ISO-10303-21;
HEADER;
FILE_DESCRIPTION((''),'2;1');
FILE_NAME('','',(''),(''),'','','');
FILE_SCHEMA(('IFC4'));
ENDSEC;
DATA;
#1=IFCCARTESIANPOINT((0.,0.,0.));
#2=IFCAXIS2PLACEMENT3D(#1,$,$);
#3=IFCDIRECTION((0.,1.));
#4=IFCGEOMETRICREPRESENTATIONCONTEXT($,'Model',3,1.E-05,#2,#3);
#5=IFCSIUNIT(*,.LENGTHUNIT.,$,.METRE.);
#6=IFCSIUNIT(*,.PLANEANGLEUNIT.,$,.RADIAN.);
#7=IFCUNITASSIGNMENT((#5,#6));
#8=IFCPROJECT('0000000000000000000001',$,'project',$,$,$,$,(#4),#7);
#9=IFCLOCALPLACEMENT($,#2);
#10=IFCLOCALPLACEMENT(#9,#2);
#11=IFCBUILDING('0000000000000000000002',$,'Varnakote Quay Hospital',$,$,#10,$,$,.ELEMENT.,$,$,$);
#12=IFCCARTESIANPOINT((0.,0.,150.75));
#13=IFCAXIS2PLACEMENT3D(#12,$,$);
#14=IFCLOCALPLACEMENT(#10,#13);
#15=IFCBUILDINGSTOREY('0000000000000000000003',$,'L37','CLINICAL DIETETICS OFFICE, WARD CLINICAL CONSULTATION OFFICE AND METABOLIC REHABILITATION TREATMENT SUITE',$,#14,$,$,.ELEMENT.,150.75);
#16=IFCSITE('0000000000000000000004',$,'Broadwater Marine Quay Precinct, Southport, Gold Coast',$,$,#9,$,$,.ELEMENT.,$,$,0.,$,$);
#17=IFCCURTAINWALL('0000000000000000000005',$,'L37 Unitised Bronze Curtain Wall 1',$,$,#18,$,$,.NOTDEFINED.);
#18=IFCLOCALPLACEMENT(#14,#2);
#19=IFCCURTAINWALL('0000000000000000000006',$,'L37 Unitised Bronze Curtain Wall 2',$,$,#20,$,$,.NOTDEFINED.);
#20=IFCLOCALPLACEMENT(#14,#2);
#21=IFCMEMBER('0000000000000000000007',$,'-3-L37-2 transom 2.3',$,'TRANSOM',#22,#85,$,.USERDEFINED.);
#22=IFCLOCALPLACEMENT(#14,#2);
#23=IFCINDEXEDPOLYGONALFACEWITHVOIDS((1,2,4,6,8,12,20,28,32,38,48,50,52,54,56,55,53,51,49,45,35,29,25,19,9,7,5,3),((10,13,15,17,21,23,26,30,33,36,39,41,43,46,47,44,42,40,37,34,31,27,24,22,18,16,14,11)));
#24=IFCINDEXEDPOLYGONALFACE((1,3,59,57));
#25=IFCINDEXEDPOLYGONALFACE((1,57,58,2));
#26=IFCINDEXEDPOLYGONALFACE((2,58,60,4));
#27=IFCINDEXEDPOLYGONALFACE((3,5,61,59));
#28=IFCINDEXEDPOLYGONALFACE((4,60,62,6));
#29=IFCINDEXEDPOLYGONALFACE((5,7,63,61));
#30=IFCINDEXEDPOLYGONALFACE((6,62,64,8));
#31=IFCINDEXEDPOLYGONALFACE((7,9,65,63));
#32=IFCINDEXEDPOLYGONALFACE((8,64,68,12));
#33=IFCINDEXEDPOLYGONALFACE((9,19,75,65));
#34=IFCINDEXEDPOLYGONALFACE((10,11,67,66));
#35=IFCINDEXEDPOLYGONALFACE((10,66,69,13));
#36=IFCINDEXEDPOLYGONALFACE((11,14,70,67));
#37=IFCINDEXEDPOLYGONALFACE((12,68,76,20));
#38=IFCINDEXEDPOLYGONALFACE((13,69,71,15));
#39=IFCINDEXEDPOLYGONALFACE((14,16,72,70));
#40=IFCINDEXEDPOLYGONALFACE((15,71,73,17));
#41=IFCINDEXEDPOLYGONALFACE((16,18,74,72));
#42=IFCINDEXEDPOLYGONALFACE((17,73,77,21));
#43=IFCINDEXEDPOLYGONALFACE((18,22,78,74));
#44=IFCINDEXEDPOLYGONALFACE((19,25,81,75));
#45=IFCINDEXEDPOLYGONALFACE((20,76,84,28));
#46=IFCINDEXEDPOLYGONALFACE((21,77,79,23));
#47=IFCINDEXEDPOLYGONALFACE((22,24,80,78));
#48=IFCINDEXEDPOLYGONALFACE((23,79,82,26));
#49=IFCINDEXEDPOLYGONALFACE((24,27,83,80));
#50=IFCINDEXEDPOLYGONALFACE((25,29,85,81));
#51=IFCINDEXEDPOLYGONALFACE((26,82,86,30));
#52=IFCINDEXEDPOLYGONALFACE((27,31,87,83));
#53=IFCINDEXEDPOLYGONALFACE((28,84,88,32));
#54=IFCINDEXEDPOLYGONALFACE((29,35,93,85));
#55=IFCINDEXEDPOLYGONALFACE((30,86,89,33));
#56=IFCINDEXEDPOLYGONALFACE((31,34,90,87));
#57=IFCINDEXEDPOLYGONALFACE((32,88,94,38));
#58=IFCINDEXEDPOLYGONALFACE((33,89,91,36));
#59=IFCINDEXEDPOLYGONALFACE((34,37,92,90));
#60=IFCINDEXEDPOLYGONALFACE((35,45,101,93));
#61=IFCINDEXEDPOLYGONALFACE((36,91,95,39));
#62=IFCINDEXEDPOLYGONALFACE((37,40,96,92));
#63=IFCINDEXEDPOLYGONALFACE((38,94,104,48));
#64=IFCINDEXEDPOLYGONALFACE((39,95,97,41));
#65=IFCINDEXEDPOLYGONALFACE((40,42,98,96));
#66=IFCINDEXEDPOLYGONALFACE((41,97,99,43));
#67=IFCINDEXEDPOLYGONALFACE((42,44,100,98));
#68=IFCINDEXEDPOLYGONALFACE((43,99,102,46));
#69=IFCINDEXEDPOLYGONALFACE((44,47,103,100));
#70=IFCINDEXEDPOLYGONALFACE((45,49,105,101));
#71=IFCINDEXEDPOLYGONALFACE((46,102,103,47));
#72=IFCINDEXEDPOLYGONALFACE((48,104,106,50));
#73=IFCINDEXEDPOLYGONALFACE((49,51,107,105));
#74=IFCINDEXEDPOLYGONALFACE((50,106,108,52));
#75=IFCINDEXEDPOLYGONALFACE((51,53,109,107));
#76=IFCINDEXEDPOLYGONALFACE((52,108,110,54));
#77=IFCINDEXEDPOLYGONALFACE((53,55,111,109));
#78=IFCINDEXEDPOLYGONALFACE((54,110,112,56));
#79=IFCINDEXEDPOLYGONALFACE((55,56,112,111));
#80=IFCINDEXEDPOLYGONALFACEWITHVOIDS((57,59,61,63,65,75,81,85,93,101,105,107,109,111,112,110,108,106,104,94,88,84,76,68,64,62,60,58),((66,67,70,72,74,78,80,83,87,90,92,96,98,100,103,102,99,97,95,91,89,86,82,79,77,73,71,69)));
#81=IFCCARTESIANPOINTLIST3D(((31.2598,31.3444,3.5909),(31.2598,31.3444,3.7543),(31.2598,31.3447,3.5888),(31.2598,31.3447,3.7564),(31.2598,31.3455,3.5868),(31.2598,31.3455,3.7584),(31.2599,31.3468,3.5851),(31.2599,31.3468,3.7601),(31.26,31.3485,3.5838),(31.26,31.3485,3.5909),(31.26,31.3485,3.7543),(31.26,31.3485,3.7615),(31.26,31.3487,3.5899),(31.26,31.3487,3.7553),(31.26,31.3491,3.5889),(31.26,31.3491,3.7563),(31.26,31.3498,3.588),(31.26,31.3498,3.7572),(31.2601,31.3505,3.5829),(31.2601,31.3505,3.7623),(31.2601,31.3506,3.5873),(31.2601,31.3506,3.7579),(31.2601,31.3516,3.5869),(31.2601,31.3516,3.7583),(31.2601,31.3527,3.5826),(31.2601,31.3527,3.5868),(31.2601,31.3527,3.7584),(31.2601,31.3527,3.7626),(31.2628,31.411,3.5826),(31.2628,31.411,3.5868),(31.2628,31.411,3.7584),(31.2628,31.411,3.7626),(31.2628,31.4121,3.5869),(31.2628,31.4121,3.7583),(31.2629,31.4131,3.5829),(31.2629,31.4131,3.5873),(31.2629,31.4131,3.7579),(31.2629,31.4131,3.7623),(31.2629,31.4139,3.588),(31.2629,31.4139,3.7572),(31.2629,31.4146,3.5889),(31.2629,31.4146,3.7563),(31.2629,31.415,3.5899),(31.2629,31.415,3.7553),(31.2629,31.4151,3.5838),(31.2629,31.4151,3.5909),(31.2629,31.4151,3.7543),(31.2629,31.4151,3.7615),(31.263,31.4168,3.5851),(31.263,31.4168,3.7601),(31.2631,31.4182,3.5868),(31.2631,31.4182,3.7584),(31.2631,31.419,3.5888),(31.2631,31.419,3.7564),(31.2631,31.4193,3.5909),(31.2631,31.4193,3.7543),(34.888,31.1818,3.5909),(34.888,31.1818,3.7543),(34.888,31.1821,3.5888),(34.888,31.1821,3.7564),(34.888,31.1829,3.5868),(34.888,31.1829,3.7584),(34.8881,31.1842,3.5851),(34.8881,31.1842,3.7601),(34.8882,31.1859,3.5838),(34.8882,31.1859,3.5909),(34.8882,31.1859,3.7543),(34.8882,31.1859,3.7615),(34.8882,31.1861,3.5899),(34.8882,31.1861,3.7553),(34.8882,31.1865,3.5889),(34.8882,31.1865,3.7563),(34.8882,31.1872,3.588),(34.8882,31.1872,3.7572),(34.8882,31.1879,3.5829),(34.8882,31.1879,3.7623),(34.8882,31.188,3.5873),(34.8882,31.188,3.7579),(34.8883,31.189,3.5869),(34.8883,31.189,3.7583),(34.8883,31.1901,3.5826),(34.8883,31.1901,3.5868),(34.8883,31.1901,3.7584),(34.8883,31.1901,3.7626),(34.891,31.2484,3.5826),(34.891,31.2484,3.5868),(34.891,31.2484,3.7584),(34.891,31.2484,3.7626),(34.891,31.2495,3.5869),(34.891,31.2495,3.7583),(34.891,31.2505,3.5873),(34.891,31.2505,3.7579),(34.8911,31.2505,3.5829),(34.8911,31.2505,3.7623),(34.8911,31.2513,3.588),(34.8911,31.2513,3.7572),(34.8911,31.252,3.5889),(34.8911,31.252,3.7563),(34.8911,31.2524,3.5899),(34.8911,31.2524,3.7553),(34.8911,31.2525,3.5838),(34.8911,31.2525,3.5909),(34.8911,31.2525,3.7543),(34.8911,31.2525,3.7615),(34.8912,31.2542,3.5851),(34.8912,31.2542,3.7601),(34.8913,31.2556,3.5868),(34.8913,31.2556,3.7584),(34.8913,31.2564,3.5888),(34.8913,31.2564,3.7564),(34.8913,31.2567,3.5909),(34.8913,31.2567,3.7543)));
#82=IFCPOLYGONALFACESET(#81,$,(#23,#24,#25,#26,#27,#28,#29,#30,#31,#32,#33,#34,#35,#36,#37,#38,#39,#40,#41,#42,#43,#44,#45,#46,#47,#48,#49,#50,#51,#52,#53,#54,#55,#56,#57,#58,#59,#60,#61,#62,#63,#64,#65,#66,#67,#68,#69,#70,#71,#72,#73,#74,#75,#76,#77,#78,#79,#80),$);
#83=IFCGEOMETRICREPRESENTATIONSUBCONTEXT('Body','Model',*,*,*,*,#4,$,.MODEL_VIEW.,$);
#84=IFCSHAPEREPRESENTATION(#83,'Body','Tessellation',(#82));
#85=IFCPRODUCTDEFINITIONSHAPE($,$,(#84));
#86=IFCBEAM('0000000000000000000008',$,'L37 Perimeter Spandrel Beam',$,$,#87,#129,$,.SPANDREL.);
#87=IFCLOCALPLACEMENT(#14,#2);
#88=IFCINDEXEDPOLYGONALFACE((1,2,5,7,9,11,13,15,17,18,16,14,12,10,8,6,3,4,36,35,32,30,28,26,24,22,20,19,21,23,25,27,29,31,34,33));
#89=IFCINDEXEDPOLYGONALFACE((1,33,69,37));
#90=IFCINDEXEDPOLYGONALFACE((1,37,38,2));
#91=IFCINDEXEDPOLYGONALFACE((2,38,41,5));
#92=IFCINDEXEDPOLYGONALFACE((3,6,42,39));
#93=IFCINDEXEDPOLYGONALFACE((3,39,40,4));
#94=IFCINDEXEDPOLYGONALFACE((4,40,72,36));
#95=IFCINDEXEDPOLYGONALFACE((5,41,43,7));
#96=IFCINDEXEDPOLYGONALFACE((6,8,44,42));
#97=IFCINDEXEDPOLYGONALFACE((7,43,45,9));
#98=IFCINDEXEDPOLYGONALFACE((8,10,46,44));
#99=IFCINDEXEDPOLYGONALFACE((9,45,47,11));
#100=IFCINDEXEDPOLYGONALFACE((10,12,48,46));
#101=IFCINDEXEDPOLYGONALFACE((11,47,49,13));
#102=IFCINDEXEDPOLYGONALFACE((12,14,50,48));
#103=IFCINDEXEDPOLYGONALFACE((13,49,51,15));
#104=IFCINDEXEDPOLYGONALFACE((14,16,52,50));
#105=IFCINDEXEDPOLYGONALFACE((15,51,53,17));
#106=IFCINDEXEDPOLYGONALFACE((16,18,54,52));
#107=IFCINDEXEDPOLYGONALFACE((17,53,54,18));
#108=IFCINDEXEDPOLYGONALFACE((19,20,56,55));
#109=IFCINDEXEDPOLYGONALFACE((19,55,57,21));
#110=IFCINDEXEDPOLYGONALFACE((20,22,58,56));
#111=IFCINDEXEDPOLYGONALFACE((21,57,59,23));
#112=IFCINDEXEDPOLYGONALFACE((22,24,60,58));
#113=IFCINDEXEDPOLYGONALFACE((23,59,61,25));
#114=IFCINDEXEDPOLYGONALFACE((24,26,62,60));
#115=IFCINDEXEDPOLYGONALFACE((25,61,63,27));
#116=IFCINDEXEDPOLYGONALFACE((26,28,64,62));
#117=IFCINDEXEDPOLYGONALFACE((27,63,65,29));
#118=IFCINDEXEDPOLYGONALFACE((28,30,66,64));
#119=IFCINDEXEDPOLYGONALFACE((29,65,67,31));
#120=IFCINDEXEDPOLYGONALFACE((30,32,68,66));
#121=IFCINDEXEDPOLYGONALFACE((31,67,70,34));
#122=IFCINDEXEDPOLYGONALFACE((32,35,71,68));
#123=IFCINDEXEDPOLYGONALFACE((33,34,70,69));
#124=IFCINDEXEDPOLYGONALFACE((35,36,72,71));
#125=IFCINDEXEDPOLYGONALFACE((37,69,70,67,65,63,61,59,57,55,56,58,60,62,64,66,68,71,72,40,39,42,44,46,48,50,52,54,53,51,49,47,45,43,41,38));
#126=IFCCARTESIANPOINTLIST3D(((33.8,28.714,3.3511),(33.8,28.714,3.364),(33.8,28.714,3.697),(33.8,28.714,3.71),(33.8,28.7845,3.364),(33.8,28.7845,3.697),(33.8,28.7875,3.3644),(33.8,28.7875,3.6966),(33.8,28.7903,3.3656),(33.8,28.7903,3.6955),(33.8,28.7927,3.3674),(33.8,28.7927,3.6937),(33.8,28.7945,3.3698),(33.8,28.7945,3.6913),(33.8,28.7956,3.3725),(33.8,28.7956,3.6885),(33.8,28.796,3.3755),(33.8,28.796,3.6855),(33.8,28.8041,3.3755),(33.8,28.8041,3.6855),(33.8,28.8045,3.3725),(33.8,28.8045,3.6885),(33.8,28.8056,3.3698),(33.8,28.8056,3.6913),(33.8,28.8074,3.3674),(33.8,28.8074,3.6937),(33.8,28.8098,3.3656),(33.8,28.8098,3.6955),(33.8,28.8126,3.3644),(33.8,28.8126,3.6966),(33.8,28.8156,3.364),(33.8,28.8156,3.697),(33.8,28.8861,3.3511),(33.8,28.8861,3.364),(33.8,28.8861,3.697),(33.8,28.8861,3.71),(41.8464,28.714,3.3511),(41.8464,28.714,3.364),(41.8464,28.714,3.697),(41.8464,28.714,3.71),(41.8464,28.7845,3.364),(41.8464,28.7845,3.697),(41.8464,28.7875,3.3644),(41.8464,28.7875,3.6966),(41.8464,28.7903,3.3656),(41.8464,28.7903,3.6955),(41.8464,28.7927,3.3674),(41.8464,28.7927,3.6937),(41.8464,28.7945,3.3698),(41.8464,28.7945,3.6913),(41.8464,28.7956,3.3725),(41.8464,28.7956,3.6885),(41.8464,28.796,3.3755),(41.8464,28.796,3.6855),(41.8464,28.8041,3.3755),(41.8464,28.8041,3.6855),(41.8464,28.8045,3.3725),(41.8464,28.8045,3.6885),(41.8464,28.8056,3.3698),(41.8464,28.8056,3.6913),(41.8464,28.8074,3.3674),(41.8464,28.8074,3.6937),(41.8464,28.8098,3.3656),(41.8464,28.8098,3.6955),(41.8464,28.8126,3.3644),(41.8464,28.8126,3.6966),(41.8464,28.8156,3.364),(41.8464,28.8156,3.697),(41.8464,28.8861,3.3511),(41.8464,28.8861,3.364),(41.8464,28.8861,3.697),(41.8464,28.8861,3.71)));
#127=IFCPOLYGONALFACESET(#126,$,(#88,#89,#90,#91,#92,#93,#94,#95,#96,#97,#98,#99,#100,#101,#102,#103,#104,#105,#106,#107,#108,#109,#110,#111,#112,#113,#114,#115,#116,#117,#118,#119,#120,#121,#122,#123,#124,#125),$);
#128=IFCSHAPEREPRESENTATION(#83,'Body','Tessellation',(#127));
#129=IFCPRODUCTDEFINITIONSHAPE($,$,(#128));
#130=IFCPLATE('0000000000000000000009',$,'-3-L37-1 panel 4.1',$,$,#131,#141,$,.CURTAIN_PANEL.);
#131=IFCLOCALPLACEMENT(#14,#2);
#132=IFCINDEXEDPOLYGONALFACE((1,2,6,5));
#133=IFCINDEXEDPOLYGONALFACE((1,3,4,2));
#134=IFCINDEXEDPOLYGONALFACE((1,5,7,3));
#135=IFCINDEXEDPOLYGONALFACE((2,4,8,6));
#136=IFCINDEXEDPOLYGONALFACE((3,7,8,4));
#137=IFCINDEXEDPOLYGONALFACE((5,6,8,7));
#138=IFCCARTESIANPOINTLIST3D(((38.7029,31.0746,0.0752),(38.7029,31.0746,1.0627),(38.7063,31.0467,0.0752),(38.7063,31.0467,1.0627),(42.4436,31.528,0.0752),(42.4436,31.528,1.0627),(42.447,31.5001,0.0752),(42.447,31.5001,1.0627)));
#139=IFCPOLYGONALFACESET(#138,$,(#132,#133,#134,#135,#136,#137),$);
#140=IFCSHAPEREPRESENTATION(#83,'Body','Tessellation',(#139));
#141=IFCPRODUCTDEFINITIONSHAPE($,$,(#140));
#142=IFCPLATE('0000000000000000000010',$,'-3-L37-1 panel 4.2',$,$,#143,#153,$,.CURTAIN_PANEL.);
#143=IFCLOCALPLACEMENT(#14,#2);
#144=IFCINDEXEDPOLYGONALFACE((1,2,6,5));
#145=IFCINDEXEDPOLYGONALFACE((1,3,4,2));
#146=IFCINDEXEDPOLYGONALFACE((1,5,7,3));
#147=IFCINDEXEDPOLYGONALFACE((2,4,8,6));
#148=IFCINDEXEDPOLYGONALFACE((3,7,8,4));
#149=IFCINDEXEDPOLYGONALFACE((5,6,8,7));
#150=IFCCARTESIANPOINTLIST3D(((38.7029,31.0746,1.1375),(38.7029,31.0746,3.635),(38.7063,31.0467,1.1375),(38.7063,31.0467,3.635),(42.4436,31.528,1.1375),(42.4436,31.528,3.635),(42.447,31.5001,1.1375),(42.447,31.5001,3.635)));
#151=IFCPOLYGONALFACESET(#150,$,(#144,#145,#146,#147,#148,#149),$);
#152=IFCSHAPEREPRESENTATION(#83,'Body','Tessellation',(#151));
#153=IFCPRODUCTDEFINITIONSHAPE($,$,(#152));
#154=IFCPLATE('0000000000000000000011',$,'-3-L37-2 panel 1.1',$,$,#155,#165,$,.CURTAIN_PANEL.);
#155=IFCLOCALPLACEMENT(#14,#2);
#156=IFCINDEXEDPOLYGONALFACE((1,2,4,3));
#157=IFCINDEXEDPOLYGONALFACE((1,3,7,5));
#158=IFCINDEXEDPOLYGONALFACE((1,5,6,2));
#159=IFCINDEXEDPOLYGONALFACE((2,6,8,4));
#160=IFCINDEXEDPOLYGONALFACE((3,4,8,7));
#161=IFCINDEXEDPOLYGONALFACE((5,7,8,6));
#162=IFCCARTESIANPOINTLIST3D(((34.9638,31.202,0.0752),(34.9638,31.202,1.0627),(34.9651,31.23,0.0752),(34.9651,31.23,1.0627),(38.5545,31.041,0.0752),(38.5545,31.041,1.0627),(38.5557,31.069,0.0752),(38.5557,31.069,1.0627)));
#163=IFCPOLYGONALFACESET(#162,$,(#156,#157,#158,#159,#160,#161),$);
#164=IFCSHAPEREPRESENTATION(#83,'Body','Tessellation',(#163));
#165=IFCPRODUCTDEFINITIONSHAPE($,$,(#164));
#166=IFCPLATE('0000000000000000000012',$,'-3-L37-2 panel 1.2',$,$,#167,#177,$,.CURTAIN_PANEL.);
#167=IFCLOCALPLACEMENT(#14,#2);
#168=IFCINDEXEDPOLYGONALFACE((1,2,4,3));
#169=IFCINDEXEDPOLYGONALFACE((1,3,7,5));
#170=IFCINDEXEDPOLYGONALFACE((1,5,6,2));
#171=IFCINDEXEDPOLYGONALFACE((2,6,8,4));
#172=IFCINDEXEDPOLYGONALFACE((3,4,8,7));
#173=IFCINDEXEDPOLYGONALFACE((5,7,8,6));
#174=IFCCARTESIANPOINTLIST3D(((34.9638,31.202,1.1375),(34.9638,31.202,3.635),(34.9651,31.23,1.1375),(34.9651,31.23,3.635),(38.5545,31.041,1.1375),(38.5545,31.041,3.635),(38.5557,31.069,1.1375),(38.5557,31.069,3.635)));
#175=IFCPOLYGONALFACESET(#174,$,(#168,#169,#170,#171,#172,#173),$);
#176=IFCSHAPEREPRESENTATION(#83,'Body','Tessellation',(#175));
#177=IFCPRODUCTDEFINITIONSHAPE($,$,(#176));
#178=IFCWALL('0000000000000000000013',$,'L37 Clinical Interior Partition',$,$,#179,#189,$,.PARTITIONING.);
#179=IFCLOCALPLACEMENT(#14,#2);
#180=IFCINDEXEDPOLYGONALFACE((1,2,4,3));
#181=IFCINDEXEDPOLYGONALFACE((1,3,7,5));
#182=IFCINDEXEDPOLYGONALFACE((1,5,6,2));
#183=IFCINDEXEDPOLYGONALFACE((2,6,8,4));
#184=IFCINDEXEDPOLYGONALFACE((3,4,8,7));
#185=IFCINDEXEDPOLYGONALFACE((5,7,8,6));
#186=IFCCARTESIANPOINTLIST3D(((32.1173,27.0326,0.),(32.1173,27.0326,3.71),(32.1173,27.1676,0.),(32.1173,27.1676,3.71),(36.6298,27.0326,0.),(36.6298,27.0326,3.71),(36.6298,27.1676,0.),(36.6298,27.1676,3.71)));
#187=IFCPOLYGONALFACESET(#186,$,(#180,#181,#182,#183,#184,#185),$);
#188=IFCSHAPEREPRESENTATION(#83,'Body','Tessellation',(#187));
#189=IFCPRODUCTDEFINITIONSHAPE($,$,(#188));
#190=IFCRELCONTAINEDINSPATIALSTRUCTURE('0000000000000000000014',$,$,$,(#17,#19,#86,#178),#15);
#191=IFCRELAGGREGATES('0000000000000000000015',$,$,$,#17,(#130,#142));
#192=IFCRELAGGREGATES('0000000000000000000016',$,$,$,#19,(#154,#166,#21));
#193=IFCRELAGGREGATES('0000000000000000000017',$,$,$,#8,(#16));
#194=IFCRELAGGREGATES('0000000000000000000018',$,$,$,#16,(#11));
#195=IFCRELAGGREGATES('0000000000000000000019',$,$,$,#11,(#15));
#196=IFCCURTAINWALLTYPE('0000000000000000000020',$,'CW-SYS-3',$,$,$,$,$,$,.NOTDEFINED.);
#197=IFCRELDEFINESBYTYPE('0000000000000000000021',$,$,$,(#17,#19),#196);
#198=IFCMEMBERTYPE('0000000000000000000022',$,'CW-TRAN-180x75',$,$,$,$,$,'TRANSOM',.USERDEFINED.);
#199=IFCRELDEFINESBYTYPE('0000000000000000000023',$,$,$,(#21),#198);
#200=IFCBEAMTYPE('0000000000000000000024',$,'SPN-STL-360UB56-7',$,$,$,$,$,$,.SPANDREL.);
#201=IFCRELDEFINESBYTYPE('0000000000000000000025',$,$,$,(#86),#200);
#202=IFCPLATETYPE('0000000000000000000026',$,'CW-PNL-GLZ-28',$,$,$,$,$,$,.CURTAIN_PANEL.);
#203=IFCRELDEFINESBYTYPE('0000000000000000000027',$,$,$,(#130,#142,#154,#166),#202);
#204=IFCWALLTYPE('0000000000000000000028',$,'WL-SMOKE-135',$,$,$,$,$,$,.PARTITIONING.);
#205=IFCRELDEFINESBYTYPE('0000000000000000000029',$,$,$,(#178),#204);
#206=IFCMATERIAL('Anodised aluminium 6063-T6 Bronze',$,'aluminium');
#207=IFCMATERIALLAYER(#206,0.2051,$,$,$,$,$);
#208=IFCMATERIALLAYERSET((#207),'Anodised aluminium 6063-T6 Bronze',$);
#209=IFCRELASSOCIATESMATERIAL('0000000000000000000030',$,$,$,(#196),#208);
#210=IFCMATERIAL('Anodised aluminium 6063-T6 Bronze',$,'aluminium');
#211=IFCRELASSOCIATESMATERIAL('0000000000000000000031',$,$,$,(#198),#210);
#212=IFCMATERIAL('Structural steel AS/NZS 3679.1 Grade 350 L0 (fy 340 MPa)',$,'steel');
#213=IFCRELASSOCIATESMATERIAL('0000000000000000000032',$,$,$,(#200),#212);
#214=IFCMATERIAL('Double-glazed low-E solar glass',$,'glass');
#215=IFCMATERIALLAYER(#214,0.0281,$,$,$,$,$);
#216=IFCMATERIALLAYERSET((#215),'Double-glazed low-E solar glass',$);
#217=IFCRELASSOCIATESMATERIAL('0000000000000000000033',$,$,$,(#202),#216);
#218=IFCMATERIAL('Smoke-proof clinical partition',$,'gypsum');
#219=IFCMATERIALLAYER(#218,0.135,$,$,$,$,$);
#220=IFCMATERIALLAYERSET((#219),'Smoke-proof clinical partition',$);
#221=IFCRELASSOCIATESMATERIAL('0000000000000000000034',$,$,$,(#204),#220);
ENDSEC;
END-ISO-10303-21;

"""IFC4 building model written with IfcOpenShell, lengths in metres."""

from ifc_helpers import new_model, si_unit, direction, frame, frame_2d, origin, origin_2d, place, context, subcontext, project, spatial, rectangle, hollow_rectangle, i_section, extrude, material, layer, layer_set, material_profile, profile_set, type_object, element, aggregate, save


model = new_model("IFC4")

# Units and contexts
model_context = context("Model", 3, precision=1e-05, world=origin(), true_north=direction((0.0, 1.0)))
body_context = subcontext(model_context, "Body", "Model", "MODEL_VIEW")
ifc_project = project(units=[si_unit("LENGTHUNIT", "METRE"), si_unit("PLANEANGLEUNIT", "RADIAN")], contexts=[model_context])

# Site, building, storey
site_placement = place(None, origin())
site = spatial("IfcSite", under=ifc_project, at=site_placement, Name="Broadwater Marine Quay Precinct, Southport, Gold Coast", CompositionType="ELEMENT", RefElevation=0.0)
building_placement = place(site_placement, origin())
building = spatial("IfcBuilding", under=site, at=building_placement, Name="Varnakote Quay Hospital", CompositionType="ELEMENT")
storey_placement = place(building_placement, frame((0.0, 0.0, 150.75)))
storey = spatial("IfcBuildingStorey", under=building, at=storey_placement, Name="L37", Description="CLINICAL DIETETICS OFFICE, WARD CLINICAL CONSULTATION OFFICE AND METABOLIC REHABILITATION TREATMENT SUITE", CompositionType="ELEMENT", Elevation=150.75)

# Curtain wall
ifc_material_1 = material(Name="Anodised aluminium 6063-T6 Bronze", Category="aluminium")
ifc_layer_1 = layer(ifc_material_1, 0.2051)
ifc_layer_set_1 = layer_set([ifc_layer_1], Name="Anodised aluminium 6063-T6 Bronze")
curtain_wall_type = type_object("IfcCurtainWallType", Name="CW-SYS-3", PredefinedType="NOTDEFINED", material=ifc_layer_set_1)
curtain_wall_1_placement = place(storey_placement, origin())
curtain_wall_1 = element("IfcCurtainWall", 1, at=curtain_wall_1_placement, inside=storey, type_object=curtain_wall_type, Name="L37 Unitised Bronze Curtain Wall 1", PredefinedType="NOTDEFINED")

# Curtain wall, member
curtain_wall_2_placement = place(storey_placement, origin())
curtain_wall_2 = element("IfcCurtainWall", 2, at=curtain_wall_2_placement, inside=storey, type_object=curtain_wall_type, Name="L37 Unitised Bronze Curtain Wall 2", PredefinedType="NOTDEFINED")
ifc_material_2 = material(Name="Anodised aluminium 6063-T6 Bronze", Category="aluminium")
ifc_material_profile_1 = material_profile(ifc_material_2, hollow_rectangle(XDim=0.075, YDim=0.1799, WallThickness=0.0042, InnerFilletRadius=0.0042, OuterFilletRadius=0.0083, at=origin_2d()), Name="CW-TRAN-180x75")
ifc_profile_set_1 = profile_set([ifc_material_profile_1], Name="Anodised aluminium 6063-T6 Bronze")
member_type_1 = type_object("IfcMemberType", Name="CW-TRAN-180x75", ElementType="TRANSOM", PredefinedType="USERDEFINED", material=ifc_profile_set_1)
member_1_placement = place(storey_placement, frame((34.8896, 31.2192, 3.6726), z_axis=(-0.998997, 0.04477, 0.0), x_axis=(-0.04477, -0.998997, 0.0)))
member_1 = element("IfcMember", 3, at=member_1_placement, type_object=member_type_1, Name="-3-L37-2 transom 2.3", ObjectType="TRANSOM", PredefinedType="USERDEFINED", context=body_context, shape_type="SweptSolid", body=[
    extrude(hollow_rectangle(XDim=0.075, YDim=0.1799, WallThickness=0.0042, InnerFilletRadius=0.0042, OuterFilletRadius=0.0083, at=origin_2d()), origin(), (0.0, 0.0, 1.0), 3.6318),
])

# Beam
ifc_material_3 = material(Name="Structural steel AS/NZS 3679.1 Grade 350 L0 (fy 340 MPa)", Category="steel")
ifc_material_profile_2 = material_profile(ifc_material_3, i_section(OverallWidth=0.1721, OverallDepth=0.3589, WebThickness=0.0081, FlangeThickness=0.0129, FilletRadius=0.0115, at=origin_2d()), Name="360UB56.7")
ifc_profile_set_2 = profile_set([ifc_material_profile_2], Name="Structural steel AS/NZS 3679.1 Grade 350 L0 (fy 340 MPa)")
beam_type = type_object("IfcBeamType", Name="SPN-STL-360UB56-7", PredefinedType="SPANDREL", material=ifc_profile_set_2)
beam_placement = place(storey_placement, frame((33.8, 28.8, 3.5305), z_axis=(1.0, 0.0, 0.0), x_axis=(0.0, 1.0, 0.0)))
element("IfcBeam", 4, at=beam_placement, inside=storey, type_object=beam_type, Name="L37 Perimeter Spandrel Beam", PredefinedType="SPANDREL", context=body_context, shape_type="SweptSolid", body=[
    extrude(i_section(OverallWidth=0.1721, OverallDepth=0.3589, WebThickness=0.0081, FlangeThickness=0.0129, FilletRadius=0.0115, at=origin_2d()), origin(), (0.0, 0.0, 1.0), 8.0464),
])

# Plates
ifc_material_4 = material(Name="Double-glazed low-E solar glass", Category="glass")
ifc_layer_2 = layer(ifc_material_4, 0.0281)
ifc_layer_set_2 = layer_set([ifc_layer_2], Name="Double-glazed low-E solar glass")
plate_type = type_object("IfcPlateType", Name="CW-PNL-GLZ-28", PredefinedType="CURTAIN_PANEL", material=ifc_layer_set_2)
plate_1_placement = place(storey_placement, frame((40.575, 31.2874, 0.0752), z_axis=(0.0, 0.0, 1.0), x_axis=(-0.992734, -0.120327, 0.0)))
plate_1 = element("IfcPlate", 5, at=plate_1_placement, type_object=plate_type, Name="-3-L37-1 panel 4.1", PredefinedType="CURTAIN_PANEL", context=body_context, shape_type="SweptSolid", body=[
    extrude(rectangle(XDim=3.7681, YDim=0.0281, at=origin_2d()), origin(), (0.0, 0.0, 1.0), 0.9875),
])
plate_2_placement = place(storey_placement, frame((40.575, 31.2874, 1.1375), z_axis=(0.0, 0.0, 1.0), x_axis=(-0.992734, -0.120327, 0.0)))
plate_2 = element("IfcPlate", 6, at=plate_2_placement, type_object=plate_type, Name="-3-L37-1 panel 4.2", PredefinedType="CURTAIN_PANEL", context=body_context, shape_type="SweptSolid", body=[
    extrude(rectangle(XDim=3.7681, YDim=0.0281, at=origin_2d()), origin(), (0.0, 0.0, 1.0), 2.4976),
])
aggregate(curtain_wall_1, [plate_1, plate_2])
plate_3_placement = place(storey_placement, frame((36.7598, 31.1355, 0.0752), z_axis=(0.0, 0.0, 1.0), x_axis=(-0.998997, 0.044782, 0.0)))
plate_3 = element("IfcPlate", 7, at=plate_3_placement, type_object=plate_type, Name="-3-L37-2 panel 1.1", PredefinedType="CURTAIN_PANEL", context=body_context, shape_type="SweptSolid", body=[
    extrude(rectangle(XDim=3.5942, YDim=0.0281, at=origin_2d()), origin(), (0.0, 0.0, 1.0), 0.9875),
])
plate_4_placement = place(storey_placement, frame((36.7598, 31.1355, 1.1375), z_axis=(0.0, 0.0, 1.0), x_axis=(-0.998997, 0.044782, 0.0)))
plate_4 = element("IfcPlate", 8, at=plate_4_placement, type_object=plate_type, Name="-3-L37-2 panel 1.2", PredefinedType="CURTAIN_PANEL", context=body_context, shape_type="SweptSolid", body=[
    extrude(rectangle(XDim=3.5942, YDim=0.0281, at=origin_2d()), origin(), (0.0, 0.0, 1.0), 2.4976),
])
aggregate(curtain_wall_2, [plate_3, plate_4, member_1])

# Wall
ifc_material_5 = material(Name="Smoke-proof clinical partition", Category="gypsum")
ifc_layer_3 = layer(ifc_material_5, 0.135)
ifc_layer_set_3 = layer_set([ifc_layer_3], Name="Smoke-proof clinical partition")
wall_type = type_object("IfcWallType", Name="WL-SMOKE-135", PredefinedType="PARTITIONING", material=ifc_layer_set_3)
wall_1_placement = place(storey_placement, frame((36.6299, 27.1001, 0.0), z_axis=(0.0, 0.0, 1.0), x_axis=(-1.0, 0.0, 0.0)))
element("IfcWall", 9, at=wall_1_placement, inside=storey, type_object=wall_type, Name="L37 Clinical Interior Partition", PredefinedType="PARTITIONING", context=body_context, shape_type="SweptSolid", body=[
    extrude(rectangle(XDim=4.5125, YDim=0.135, at=frame_2d((2.2563, 0.0))), origin(), (0.0, 0.0, 1.0), 3.71),
])

save(model, "model.ifc")
